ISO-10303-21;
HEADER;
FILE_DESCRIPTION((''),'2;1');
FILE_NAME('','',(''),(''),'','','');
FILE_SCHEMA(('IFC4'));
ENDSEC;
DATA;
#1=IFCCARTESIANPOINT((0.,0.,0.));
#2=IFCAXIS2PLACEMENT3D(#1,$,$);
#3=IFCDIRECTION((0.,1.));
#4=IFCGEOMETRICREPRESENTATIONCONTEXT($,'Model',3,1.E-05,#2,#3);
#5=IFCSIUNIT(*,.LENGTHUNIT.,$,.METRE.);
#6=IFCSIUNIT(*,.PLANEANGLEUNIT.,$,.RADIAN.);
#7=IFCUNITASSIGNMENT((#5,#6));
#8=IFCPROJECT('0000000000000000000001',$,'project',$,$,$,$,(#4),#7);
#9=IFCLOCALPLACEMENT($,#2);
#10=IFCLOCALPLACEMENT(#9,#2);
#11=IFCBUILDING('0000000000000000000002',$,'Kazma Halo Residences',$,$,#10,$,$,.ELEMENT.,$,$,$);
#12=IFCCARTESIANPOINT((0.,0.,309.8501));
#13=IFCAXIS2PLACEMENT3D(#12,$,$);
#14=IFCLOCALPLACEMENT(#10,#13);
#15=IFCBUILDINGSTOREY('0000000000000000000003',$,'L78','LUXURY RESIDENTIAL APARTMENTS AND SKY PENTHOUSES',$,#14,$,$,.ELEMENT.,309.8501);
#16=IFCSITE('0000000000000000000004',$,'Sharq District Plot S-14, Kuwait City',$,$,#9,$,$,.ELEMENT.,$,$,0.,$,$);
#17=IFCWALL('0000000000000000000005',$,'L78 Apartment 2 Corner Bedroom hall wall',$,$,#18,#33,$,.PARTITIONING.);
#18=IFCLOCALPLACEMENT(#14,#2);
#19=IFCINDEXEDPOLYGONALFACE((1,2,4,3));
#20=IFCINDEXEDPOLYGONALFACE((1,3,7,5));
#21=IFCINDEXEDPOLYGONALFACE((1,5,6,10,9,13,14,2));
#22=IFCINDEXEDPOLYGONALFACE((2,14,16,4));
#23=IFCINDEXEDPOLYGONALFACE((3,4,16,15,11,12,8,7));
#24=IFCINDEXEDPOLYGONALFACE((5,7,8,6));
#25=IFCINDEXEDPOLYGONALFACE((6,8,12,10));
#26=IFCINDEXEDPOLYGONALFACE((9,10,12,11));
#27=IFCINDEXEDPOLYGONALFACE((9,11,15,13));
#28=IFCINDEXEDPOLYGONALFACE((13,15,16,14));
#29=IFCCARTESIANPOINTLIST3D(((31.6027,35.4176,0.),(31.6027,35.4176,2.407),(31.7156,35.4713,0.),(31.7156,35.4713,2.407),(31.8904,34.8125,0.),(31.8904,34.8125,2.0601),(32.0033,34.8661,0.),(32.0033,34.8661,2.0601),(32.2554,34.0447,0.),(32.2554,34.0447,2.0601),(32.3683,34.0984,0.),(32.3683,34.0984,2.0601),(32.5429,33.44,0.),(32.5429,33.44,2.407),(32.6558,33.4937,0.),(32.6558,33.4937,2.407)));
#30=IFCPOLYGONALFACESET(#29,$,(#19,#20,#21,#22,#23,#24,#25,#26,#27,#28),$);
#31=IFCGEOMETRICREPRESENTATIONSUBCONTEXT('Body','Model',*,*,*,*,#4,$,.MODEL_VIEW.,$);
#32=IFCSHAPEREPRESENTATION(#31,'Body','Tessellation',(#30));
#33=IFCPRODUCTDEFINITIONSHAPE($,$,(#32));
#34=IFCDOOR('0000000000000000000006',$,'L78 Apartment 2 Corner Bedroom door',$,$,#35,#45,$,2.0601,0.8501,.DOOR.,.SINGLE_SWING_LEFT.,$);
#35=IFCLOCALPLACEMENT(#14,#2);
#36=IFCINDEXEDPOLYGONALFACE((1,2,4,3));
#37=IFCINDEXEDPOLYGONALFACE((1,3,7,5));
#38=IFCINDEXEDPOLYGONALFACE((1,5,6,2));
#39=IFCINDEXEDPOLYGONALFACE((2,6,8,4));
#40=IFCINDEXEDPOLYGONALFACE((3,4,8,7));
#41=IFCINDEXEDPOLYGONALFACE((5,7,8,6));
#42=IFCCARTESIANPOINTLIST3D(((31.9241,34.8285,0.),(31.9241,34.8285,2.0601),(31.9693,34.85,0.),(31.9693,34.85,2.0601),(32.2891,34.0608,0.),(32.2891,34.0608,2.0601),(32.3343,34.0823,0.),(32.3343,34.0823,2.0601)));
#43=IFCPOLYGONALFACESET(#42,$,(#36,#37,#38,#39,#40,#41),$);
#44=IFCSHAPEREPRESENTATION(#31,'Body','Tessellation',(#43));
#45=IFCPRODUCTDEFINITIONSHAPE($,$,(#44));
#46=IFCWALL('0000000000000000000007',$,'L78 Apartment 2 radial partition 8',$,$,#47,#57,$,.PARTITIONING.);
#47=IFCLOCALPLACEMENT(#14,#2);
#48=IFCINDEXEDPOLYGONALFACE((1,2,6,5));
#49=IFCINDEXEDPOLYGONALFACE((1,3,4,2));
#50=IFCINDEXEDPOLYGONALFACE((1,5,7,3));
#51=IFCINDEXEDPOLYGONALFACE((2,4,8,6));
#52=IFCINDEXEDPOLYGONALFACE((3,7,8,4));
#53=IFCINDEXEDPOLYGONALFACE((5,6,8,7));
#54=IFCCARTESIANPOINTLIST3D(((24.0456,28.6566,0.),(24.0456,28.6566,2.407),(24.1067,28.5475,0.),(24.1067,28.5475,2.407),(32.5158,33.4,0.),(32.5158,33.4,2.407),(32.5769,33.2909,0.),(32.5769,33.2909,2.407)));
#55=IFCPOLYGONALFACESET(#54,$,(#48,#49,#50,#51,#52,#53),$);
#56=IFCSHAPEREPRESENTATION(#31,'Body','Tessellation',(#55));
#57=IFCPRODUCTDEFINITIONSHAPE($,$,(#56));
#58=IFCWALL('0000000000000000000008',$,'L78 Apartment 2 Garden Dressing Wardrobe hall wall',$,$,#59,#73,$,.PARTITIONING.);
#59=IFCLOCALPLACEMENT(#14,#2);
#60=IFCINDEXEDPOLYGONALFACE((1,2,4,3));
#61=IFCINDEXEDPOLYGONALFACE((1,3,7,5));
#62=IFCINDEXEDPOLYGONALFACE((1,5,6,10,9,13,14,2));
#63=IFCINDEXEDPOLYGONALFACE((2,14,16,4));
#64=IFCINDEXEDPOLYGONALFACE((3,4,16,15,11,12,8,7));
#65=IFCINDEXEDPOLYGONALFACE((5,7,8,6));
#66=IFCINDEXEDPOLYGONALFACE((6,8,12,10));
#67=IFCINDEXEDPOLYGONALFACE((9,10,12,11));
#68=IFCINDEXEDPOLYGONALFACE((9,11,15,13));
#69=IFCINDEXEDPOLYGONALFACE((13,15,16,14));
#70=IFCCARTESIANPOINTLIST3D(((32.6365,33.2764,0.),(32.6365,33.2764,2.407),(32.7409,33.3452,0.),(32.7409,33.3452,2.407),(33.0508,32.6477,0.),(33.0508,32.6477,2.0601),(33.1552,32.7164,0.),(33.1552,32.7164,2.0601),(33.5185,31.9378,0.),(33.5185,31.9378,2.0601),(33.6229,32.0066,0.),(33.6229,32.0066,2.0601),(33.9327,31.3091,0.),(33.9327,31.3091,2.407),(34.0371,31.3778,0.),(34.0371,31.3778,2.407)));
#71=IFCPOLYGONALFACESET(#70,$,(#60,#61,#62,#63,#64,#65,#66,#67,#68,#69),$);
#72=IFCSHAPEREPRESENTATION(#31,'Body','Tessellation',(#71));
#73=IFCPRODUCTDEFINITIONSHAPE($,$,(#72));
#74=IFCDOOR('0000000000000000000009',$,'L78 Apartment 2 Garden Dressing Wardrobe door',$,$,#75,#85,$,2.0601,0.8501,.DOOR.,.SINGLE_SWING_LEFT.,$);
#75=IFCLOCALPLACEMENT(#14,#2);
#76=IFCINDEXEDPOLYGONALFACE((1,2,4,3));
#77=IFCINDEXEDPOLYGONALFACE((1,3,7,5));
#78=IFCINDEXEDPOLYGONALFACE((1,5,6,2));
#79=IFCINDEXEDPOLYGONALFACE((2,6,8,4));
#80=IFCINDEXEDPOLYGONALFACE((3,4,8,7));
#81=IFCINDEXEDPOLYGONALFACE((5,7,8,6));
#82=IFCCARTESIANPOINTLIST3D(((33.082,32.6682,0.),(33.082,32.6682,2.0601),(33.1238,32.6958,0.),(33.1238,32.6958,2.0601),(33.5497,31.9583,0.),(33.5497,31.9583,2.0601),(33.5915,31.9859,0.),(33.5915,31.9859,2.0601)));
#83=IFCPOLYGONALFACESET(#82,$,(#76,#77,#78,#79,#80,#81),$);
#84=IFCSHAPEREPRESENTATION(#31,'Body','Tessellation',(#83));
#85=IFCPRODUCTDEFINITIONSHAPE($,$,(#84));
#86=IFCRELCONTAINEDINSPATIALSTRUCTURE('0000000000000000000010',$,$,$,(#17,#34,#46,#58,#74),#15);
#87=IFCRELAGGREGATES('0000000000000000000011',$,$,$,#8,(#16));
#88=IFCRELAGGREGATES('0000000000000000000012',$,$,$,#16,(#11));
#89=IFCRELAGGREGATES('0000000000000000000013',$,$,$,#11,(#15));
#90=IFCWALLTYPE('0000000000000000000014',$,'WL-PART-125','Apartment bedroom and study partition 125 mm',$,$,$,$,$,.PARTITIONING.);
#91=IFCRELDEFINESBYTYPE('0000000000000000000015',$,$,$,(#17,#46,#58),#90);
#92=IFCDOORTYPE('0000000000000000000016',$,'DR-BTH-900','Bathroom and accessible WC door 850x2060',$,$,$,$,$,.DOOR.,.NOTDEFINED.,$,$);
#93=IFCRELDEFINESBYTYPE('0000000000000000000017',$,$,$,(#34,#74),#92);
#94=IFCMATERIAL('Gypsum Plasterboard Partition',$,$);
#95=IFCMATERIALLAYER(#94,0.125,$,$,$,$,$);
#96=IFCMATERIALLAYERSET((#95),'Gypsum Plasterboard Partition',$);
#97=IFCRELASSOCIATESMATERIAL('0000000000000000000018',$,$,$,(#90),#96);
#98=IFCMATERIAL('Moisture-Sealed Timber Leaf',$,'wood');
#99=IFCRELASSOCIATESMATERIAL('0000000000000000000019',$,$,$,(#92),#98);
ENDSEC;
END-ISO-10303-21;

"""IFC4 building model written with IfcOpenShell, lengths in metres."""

from ifc_helpers import new_model, si_unit, direction, frame, frame_2d, origin, place, context, subcontext, project, spatial, rectangle, extrude, material, layer, layer_set, type_object, element, fill, save


model = new_model("IFC4")

# Units and contexts
model_context = context("Model", 3, precision=1e-05, world=origin(), true_north=direction((0.0, 1.0)))
body_context = subcontext(model_context, "Body", "Model", "MODEL_VIEW")
ifc_project = project(units=[si_unit("LENGTHUNIT", "METRE"), si_unit("PLANEANGLEUNIT", "RADIAN")], contexts=[model_context])

# Site, building, storey
site_placement = place(None, origin())
site = spatial("IfcSite", under=ifc_project, at=site_placement, Name="Sharq District Plot S-14, Kuwait City", CompositionType="ELEMENT", RefElevation=0.0)
building_placement = place(site_placement, origin())
building = spatial("IfcBuilding", under=site, at=building_placement, Name="Kazma Halo Residences", CompositionType="ELEMENT")
storey_placement = place(building_placement, frame((0.0, 0.0, 309.8501)))
storey = spatial("IfcBuildingStorey", under=building, at=storey_placement, Name="L78", Description="LUXURY RESIDENTIAL APARTMENTS AND SKY PENTHOUSES", CompositionType="ELEMENT", Elevation=309.8501)

# Shared definitions
ifc_material_1 = material(Name="Gypsum Plasterboard Partition")
ifc_layer_1 = layer(ifc_material_1, 0.125)
ifc_layer_set_1 = layer_set([ifc_layer_1], Name="Gypsum Plasterboard Partition")
wall_type_1 = type_object("IfcWallType", Name="WL-PART-125", Description="Apartment bedroom and study partition 125 mm", PredefinedType="PARTITIONING", material=ifc_layer_set_1)

# Wall, opening, door
ifc_material_2 = material(Name="Moisture-Sealed Timber Leaf", Category="wood")
door_type = type_object("IfcDoorType", Name="DR-BTH-900", Description="Bathroom and accessible WC door 850x2060", OperationType="NOTDEFINED", PredefinedType="DOOR", material=ifc_material_2)
wall_1_placement = place(storey_placement, frame((31.6592, 35.4443, 0.0), z_axis=(0.0, 0.0, 1.0), x_axis=(0.429375, -0.903126, 0.0)))
wall_1 = element("IfcWall", 1, at=wall_1_placement, inside=storey, type_object=wall_type_1, Name="L78 Apartment 2 Corner Bedroom hall wall", PredefinedType="PARTITIONING", context=body_context, shape_type="SweptSolid", body=[
    extrude(rectangle(XDim=2.1897, YDim=0.125, at=frame_2d((1.0947, 0.0))), origin(), (0.0, 0.0, 1.0), 2.407),
])
opening_1_placement = place(wall_1_placement, frame((0.6699, 0.0, 0.0)))
opening_1 = element("IfcOpeningElement", 2, at=opening_1_placement, cuts=wall_1, PredefinedType="OPENING", context=body_context, shape_type="SweptSolid", body=[
    extrude(rectangle(XDim=0.8501, YDim=2.0601, at=frame_2d((0.425, 1.03))), frame((0.0, 0.0725, 0.0), z_axis=(0.0, -1.0, 0.0), x_axis=(1.0, 0.0, 0.0)), (0.0, 0.0, 1.0), 0.145),
])
door_1_placement = place(opening_1_placement, origin())
door_1 = element("IfcDoor", 3, at=door_1_placement, inside=storey, type_object=door_type, Name="L78 Apartment 2 Corner Bedroom door", OperationType="SINGLE_SWING_LEFT", OverallHeight=2.0601, OverallWidth=0.8501, PredefinedType="DOOR", context=body_context, shape_type="SweptSolid", body=[
    extrude(rectangle(XDim=0.8501, YDim=2.0601, at=frame_2d((0.425, 1.03))), frame((0.0, 0.0249, 0.0), z_axis=(0.0, -1.0, 0.0), x_axis=(1.0, 0.0, 0.0)), (0.0, 0.0, 1.0), 0.05),
])
fill(opening_1, door_1)

# Wall
wall_2_placement = place(storey_placement, frame((32.5464, 33.3455, 0.0), z_axis=(0.0, 0.0, 1.0), x_axis=(-0.872502, -0.48861, 0.0)))
element("IfcWall", 4, at=wall_2_placement, inside=storey, type_object=wall_type_1, Name="L78 Apartment 2 radial partition 8", PredefinedType="PARTITIONING", context=body_context, shape_type="SweptSolid", body=[
    extrude(rectangle(XDim=9.708, YDim=0.125, at=frame_2d((4.854, 0.0))), origin(), (0.0, 0.0, 1.0), 2.407),
])

# Wall, opening, door
wall_3_placement = place(storey_placement, frame((32.6887, 33.3108, 0.0), z_axis=(0.0, 0.0, 1.0), x_axis=(0.550172, -0.835051, 0.0)))
wall_3 = element("IfcWall", 5, at=wall_3_placement, inside=storey, type_object=wall_type_1, Name="L78 Apartment 2 Garden Dressing Wardrobe hall wall", PredefinedType="PARTITIONING", context=body_context, shape_type="SweptSolid", body=[
    extrude(rectangle(XDim=2.356, YDim=0.125, at=frame_2d((1.178, 0.0))), origin(), (0.0, 0.0, 1.0), 2.407),
])
opening_2_placement = place(wall_3_placement, frame((0.7529, 0.0, 0.0)))
opening_2 = element("IfcOpeningElement", 6, at=opening_2_placement, cuts=wall_3, PredefinedType="OPENING", context=body_context, shape_type="SweptSolid", body=[
    extrude(rectangle(XDim=0.8501, YDim=2.0601, at=frame_2d((0.425, 1.03))), frame((0.0, 0.0725, 0.0), z_axis=(0.0, -1.0, 0.0), x_axis=(1.0, 0.0, 0.0)), (0.0, 0.0, 1.0), 0.145),
])
door_2_placement = place(opening_2_placement, origin())
door_2 = element("IfcDoor", 7, at=door_2_placement, inside=storey, type_object=door_type, Name="L78 Apartment 2 Garden Dressing Wardrobe door", OperationType="SINGLE_SWING_LEFT", OverallHeight=2.0601, OverallWidth=0.8501, PredefinedType="DOOR", context=body_context, shape_type="SweptSolid", body=[
    extrude(rectangle(XDim=0.8501, YDim=2.0601, at=frame_2d((0.425, 1.03))), frame((0.0, 0.0249, 0.0), z_axis=(0.0, -1.0, 0.0), x_axis=(1.0, 0.0, 0.0)), (0.0, 0.0, 1.0), 0.05),
])
fill(opening_2, door_2)

save(model, "model.ifc")
